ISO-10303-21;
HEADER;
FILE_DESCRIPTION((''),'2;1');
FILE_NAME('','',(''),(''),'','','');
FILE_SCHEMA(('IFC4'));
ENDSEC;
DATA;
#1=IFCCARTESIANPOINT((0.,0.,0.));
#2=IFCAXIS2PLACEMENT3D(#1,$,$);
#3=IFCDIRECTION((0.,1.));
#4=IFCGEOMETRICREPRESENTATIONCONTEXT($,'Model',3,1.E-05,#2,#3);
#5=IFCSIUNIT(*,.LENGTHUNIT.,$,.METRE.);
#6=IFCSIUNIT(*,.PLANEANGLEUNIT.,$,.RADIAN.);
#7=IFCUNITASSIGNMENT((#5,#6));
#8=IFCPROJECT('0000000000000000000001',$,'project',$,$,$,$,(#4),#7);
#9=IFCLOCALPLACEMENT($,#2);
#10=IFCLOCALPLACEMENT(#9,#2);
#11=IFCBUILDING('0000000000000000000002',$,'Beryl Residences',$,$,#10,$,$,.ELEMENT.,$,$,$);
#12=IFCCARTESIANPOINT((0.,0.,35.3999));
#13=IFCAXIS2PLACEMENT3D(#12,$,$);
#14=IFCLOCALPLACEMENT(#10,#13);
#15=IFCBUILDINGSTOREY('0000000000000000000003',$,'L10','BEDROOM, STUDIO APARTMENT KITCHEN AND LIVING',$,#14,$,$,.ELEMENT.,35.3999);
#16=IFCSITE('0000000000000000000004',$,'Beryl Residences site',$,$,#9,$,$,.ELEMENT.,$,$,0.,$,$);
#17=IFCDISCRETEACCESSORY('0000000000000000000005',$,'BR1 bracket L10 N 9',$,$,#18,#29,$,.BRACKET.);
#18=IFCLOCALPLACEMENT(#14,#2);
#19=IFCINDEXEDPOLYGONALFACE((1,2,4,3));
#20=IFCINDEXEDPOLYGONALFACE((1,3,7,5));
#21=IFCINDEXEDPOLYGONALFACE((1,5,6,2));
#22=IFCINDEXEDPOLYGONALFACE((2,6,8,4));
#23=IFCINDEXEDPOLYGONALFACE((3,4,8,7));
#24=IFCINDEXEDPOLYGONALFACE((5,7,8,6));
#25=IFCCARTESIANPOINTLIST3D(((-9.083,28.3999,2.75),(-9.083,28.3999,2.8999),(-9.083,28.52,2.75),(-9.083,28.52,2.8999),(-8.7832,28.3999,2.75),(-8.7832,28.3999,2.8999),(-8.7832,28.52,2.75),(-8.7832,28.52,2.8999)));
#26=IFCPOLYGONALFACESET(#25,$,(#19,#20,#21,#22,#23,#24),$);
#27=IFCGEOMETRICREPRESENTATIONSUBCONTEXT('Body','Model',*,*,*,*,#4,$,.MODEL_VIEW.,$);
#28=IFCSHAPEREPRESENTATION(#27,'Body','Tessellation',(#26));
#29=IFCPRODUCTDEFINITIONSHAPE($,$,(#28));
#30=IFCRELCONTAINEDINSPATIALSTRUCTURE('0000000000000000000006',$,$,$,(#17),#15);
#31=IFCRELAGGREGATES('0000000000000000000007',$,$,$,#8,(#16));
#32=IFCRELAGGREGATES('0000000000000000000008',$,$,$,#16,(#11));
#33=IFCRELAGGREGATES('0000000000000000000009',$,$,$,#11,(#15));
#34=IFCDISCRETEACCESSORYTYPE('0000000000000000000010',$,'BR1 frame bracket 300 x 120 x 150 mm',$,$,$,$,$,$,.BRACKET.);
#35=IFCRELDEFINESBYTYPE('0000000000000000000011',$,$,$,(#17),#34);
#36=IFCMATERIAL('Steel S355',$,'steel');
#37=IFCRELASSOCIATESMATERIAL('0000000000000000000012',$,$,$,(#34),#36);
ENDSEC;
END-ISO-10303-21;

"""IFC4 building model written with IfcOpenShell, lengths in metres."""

from ifc_helpers import new_model, si_unit, direction, frame, origin, place, context, subcontext, project, spatial, polyline, outline, extrude, source, transform, mapped, material, type_object, type_shapes, element, save


model = new_model("IFC4")

# Units and contexts
model_context = context("Model", 3, precision=1e-05, world=origin(), true_north=direction((0.0, 1.0)))
body_context = subcontext(model_context, "Body", "Model", "MODEL_VIEW")
ifc_project = project(units=[si_unit("LENGTHUNIT", "METRE"), si_unit("PLANEANGLEUNIT", "RADIAN")], contexts=[model_context])

# Site, building, storey
site_placement = place(None, origin())
site = spatial("IfcSite", under=ifc_project, at=site_placement, Name="Beryl Residences site", CompositionType="ELEMENT", RefElevation=0.0)
building_placement = place(site_placement, origin())
building = spatial("IfcBuilding", under=site, at=building_placement, Name="Beryl Residences", CompositionType="ELEMENT")
storey_placement = place(building_placement, frame((0.0, 0.0, 35.3999)))
storey = spatial("IfcBuildingStorey", under=building, at=storey_placement, Name="L10", Description="BEDROOM, STUDIO APARTMENT KITCHEN AND LIVING", CompositionType="ELEMENT", Elevation=35.3999)

# Discrete accessory
ifc_material_1 = material(Name="Steel S355", Category="steel")
discrete_accessory_type = type_object("IfcDiscreteAccessoryType", Name="BR1 frame bracket 300 x 120 x 150 mm", PredefinedType="BRACKET", material=ifc_material_1)
shared_shape_1 = source(origin(), body_context, "Body", "SweptSolid", [
    extrude(outline(polyline([(-0.1499, 0.0), (0.1499, 0.0), (0.1499, 0.1201), (-0.1499, 0.1201), (-0.1499, 0.0)])), origin(), (0.0, 0.0, 1.0), 0.1499),
])
type_shapes(discrete_accessory_type, [shared_shape_1])
discrete_accessory_placement = place(storey_placement, frame((-8.9331, 28.3999, 2.75), z_axis=(0.0, 0.0, 1.0), x_axis=(1.0, 0.0, 0.0)))
element("IfcDiscreteAccessory", 1, at=discrete_accessory_placement, inside=storey, type_object=discrete_accessory_type, Name="BR1 bracket L10 N 9", PredefinedType="BRACKET", context=body_context, shape_type="MappedRepresentation", body=[
    mapped(shared_shape_1, transform((0.0, 0.0, 0.0))),
])

save(model, "model.ifc")
